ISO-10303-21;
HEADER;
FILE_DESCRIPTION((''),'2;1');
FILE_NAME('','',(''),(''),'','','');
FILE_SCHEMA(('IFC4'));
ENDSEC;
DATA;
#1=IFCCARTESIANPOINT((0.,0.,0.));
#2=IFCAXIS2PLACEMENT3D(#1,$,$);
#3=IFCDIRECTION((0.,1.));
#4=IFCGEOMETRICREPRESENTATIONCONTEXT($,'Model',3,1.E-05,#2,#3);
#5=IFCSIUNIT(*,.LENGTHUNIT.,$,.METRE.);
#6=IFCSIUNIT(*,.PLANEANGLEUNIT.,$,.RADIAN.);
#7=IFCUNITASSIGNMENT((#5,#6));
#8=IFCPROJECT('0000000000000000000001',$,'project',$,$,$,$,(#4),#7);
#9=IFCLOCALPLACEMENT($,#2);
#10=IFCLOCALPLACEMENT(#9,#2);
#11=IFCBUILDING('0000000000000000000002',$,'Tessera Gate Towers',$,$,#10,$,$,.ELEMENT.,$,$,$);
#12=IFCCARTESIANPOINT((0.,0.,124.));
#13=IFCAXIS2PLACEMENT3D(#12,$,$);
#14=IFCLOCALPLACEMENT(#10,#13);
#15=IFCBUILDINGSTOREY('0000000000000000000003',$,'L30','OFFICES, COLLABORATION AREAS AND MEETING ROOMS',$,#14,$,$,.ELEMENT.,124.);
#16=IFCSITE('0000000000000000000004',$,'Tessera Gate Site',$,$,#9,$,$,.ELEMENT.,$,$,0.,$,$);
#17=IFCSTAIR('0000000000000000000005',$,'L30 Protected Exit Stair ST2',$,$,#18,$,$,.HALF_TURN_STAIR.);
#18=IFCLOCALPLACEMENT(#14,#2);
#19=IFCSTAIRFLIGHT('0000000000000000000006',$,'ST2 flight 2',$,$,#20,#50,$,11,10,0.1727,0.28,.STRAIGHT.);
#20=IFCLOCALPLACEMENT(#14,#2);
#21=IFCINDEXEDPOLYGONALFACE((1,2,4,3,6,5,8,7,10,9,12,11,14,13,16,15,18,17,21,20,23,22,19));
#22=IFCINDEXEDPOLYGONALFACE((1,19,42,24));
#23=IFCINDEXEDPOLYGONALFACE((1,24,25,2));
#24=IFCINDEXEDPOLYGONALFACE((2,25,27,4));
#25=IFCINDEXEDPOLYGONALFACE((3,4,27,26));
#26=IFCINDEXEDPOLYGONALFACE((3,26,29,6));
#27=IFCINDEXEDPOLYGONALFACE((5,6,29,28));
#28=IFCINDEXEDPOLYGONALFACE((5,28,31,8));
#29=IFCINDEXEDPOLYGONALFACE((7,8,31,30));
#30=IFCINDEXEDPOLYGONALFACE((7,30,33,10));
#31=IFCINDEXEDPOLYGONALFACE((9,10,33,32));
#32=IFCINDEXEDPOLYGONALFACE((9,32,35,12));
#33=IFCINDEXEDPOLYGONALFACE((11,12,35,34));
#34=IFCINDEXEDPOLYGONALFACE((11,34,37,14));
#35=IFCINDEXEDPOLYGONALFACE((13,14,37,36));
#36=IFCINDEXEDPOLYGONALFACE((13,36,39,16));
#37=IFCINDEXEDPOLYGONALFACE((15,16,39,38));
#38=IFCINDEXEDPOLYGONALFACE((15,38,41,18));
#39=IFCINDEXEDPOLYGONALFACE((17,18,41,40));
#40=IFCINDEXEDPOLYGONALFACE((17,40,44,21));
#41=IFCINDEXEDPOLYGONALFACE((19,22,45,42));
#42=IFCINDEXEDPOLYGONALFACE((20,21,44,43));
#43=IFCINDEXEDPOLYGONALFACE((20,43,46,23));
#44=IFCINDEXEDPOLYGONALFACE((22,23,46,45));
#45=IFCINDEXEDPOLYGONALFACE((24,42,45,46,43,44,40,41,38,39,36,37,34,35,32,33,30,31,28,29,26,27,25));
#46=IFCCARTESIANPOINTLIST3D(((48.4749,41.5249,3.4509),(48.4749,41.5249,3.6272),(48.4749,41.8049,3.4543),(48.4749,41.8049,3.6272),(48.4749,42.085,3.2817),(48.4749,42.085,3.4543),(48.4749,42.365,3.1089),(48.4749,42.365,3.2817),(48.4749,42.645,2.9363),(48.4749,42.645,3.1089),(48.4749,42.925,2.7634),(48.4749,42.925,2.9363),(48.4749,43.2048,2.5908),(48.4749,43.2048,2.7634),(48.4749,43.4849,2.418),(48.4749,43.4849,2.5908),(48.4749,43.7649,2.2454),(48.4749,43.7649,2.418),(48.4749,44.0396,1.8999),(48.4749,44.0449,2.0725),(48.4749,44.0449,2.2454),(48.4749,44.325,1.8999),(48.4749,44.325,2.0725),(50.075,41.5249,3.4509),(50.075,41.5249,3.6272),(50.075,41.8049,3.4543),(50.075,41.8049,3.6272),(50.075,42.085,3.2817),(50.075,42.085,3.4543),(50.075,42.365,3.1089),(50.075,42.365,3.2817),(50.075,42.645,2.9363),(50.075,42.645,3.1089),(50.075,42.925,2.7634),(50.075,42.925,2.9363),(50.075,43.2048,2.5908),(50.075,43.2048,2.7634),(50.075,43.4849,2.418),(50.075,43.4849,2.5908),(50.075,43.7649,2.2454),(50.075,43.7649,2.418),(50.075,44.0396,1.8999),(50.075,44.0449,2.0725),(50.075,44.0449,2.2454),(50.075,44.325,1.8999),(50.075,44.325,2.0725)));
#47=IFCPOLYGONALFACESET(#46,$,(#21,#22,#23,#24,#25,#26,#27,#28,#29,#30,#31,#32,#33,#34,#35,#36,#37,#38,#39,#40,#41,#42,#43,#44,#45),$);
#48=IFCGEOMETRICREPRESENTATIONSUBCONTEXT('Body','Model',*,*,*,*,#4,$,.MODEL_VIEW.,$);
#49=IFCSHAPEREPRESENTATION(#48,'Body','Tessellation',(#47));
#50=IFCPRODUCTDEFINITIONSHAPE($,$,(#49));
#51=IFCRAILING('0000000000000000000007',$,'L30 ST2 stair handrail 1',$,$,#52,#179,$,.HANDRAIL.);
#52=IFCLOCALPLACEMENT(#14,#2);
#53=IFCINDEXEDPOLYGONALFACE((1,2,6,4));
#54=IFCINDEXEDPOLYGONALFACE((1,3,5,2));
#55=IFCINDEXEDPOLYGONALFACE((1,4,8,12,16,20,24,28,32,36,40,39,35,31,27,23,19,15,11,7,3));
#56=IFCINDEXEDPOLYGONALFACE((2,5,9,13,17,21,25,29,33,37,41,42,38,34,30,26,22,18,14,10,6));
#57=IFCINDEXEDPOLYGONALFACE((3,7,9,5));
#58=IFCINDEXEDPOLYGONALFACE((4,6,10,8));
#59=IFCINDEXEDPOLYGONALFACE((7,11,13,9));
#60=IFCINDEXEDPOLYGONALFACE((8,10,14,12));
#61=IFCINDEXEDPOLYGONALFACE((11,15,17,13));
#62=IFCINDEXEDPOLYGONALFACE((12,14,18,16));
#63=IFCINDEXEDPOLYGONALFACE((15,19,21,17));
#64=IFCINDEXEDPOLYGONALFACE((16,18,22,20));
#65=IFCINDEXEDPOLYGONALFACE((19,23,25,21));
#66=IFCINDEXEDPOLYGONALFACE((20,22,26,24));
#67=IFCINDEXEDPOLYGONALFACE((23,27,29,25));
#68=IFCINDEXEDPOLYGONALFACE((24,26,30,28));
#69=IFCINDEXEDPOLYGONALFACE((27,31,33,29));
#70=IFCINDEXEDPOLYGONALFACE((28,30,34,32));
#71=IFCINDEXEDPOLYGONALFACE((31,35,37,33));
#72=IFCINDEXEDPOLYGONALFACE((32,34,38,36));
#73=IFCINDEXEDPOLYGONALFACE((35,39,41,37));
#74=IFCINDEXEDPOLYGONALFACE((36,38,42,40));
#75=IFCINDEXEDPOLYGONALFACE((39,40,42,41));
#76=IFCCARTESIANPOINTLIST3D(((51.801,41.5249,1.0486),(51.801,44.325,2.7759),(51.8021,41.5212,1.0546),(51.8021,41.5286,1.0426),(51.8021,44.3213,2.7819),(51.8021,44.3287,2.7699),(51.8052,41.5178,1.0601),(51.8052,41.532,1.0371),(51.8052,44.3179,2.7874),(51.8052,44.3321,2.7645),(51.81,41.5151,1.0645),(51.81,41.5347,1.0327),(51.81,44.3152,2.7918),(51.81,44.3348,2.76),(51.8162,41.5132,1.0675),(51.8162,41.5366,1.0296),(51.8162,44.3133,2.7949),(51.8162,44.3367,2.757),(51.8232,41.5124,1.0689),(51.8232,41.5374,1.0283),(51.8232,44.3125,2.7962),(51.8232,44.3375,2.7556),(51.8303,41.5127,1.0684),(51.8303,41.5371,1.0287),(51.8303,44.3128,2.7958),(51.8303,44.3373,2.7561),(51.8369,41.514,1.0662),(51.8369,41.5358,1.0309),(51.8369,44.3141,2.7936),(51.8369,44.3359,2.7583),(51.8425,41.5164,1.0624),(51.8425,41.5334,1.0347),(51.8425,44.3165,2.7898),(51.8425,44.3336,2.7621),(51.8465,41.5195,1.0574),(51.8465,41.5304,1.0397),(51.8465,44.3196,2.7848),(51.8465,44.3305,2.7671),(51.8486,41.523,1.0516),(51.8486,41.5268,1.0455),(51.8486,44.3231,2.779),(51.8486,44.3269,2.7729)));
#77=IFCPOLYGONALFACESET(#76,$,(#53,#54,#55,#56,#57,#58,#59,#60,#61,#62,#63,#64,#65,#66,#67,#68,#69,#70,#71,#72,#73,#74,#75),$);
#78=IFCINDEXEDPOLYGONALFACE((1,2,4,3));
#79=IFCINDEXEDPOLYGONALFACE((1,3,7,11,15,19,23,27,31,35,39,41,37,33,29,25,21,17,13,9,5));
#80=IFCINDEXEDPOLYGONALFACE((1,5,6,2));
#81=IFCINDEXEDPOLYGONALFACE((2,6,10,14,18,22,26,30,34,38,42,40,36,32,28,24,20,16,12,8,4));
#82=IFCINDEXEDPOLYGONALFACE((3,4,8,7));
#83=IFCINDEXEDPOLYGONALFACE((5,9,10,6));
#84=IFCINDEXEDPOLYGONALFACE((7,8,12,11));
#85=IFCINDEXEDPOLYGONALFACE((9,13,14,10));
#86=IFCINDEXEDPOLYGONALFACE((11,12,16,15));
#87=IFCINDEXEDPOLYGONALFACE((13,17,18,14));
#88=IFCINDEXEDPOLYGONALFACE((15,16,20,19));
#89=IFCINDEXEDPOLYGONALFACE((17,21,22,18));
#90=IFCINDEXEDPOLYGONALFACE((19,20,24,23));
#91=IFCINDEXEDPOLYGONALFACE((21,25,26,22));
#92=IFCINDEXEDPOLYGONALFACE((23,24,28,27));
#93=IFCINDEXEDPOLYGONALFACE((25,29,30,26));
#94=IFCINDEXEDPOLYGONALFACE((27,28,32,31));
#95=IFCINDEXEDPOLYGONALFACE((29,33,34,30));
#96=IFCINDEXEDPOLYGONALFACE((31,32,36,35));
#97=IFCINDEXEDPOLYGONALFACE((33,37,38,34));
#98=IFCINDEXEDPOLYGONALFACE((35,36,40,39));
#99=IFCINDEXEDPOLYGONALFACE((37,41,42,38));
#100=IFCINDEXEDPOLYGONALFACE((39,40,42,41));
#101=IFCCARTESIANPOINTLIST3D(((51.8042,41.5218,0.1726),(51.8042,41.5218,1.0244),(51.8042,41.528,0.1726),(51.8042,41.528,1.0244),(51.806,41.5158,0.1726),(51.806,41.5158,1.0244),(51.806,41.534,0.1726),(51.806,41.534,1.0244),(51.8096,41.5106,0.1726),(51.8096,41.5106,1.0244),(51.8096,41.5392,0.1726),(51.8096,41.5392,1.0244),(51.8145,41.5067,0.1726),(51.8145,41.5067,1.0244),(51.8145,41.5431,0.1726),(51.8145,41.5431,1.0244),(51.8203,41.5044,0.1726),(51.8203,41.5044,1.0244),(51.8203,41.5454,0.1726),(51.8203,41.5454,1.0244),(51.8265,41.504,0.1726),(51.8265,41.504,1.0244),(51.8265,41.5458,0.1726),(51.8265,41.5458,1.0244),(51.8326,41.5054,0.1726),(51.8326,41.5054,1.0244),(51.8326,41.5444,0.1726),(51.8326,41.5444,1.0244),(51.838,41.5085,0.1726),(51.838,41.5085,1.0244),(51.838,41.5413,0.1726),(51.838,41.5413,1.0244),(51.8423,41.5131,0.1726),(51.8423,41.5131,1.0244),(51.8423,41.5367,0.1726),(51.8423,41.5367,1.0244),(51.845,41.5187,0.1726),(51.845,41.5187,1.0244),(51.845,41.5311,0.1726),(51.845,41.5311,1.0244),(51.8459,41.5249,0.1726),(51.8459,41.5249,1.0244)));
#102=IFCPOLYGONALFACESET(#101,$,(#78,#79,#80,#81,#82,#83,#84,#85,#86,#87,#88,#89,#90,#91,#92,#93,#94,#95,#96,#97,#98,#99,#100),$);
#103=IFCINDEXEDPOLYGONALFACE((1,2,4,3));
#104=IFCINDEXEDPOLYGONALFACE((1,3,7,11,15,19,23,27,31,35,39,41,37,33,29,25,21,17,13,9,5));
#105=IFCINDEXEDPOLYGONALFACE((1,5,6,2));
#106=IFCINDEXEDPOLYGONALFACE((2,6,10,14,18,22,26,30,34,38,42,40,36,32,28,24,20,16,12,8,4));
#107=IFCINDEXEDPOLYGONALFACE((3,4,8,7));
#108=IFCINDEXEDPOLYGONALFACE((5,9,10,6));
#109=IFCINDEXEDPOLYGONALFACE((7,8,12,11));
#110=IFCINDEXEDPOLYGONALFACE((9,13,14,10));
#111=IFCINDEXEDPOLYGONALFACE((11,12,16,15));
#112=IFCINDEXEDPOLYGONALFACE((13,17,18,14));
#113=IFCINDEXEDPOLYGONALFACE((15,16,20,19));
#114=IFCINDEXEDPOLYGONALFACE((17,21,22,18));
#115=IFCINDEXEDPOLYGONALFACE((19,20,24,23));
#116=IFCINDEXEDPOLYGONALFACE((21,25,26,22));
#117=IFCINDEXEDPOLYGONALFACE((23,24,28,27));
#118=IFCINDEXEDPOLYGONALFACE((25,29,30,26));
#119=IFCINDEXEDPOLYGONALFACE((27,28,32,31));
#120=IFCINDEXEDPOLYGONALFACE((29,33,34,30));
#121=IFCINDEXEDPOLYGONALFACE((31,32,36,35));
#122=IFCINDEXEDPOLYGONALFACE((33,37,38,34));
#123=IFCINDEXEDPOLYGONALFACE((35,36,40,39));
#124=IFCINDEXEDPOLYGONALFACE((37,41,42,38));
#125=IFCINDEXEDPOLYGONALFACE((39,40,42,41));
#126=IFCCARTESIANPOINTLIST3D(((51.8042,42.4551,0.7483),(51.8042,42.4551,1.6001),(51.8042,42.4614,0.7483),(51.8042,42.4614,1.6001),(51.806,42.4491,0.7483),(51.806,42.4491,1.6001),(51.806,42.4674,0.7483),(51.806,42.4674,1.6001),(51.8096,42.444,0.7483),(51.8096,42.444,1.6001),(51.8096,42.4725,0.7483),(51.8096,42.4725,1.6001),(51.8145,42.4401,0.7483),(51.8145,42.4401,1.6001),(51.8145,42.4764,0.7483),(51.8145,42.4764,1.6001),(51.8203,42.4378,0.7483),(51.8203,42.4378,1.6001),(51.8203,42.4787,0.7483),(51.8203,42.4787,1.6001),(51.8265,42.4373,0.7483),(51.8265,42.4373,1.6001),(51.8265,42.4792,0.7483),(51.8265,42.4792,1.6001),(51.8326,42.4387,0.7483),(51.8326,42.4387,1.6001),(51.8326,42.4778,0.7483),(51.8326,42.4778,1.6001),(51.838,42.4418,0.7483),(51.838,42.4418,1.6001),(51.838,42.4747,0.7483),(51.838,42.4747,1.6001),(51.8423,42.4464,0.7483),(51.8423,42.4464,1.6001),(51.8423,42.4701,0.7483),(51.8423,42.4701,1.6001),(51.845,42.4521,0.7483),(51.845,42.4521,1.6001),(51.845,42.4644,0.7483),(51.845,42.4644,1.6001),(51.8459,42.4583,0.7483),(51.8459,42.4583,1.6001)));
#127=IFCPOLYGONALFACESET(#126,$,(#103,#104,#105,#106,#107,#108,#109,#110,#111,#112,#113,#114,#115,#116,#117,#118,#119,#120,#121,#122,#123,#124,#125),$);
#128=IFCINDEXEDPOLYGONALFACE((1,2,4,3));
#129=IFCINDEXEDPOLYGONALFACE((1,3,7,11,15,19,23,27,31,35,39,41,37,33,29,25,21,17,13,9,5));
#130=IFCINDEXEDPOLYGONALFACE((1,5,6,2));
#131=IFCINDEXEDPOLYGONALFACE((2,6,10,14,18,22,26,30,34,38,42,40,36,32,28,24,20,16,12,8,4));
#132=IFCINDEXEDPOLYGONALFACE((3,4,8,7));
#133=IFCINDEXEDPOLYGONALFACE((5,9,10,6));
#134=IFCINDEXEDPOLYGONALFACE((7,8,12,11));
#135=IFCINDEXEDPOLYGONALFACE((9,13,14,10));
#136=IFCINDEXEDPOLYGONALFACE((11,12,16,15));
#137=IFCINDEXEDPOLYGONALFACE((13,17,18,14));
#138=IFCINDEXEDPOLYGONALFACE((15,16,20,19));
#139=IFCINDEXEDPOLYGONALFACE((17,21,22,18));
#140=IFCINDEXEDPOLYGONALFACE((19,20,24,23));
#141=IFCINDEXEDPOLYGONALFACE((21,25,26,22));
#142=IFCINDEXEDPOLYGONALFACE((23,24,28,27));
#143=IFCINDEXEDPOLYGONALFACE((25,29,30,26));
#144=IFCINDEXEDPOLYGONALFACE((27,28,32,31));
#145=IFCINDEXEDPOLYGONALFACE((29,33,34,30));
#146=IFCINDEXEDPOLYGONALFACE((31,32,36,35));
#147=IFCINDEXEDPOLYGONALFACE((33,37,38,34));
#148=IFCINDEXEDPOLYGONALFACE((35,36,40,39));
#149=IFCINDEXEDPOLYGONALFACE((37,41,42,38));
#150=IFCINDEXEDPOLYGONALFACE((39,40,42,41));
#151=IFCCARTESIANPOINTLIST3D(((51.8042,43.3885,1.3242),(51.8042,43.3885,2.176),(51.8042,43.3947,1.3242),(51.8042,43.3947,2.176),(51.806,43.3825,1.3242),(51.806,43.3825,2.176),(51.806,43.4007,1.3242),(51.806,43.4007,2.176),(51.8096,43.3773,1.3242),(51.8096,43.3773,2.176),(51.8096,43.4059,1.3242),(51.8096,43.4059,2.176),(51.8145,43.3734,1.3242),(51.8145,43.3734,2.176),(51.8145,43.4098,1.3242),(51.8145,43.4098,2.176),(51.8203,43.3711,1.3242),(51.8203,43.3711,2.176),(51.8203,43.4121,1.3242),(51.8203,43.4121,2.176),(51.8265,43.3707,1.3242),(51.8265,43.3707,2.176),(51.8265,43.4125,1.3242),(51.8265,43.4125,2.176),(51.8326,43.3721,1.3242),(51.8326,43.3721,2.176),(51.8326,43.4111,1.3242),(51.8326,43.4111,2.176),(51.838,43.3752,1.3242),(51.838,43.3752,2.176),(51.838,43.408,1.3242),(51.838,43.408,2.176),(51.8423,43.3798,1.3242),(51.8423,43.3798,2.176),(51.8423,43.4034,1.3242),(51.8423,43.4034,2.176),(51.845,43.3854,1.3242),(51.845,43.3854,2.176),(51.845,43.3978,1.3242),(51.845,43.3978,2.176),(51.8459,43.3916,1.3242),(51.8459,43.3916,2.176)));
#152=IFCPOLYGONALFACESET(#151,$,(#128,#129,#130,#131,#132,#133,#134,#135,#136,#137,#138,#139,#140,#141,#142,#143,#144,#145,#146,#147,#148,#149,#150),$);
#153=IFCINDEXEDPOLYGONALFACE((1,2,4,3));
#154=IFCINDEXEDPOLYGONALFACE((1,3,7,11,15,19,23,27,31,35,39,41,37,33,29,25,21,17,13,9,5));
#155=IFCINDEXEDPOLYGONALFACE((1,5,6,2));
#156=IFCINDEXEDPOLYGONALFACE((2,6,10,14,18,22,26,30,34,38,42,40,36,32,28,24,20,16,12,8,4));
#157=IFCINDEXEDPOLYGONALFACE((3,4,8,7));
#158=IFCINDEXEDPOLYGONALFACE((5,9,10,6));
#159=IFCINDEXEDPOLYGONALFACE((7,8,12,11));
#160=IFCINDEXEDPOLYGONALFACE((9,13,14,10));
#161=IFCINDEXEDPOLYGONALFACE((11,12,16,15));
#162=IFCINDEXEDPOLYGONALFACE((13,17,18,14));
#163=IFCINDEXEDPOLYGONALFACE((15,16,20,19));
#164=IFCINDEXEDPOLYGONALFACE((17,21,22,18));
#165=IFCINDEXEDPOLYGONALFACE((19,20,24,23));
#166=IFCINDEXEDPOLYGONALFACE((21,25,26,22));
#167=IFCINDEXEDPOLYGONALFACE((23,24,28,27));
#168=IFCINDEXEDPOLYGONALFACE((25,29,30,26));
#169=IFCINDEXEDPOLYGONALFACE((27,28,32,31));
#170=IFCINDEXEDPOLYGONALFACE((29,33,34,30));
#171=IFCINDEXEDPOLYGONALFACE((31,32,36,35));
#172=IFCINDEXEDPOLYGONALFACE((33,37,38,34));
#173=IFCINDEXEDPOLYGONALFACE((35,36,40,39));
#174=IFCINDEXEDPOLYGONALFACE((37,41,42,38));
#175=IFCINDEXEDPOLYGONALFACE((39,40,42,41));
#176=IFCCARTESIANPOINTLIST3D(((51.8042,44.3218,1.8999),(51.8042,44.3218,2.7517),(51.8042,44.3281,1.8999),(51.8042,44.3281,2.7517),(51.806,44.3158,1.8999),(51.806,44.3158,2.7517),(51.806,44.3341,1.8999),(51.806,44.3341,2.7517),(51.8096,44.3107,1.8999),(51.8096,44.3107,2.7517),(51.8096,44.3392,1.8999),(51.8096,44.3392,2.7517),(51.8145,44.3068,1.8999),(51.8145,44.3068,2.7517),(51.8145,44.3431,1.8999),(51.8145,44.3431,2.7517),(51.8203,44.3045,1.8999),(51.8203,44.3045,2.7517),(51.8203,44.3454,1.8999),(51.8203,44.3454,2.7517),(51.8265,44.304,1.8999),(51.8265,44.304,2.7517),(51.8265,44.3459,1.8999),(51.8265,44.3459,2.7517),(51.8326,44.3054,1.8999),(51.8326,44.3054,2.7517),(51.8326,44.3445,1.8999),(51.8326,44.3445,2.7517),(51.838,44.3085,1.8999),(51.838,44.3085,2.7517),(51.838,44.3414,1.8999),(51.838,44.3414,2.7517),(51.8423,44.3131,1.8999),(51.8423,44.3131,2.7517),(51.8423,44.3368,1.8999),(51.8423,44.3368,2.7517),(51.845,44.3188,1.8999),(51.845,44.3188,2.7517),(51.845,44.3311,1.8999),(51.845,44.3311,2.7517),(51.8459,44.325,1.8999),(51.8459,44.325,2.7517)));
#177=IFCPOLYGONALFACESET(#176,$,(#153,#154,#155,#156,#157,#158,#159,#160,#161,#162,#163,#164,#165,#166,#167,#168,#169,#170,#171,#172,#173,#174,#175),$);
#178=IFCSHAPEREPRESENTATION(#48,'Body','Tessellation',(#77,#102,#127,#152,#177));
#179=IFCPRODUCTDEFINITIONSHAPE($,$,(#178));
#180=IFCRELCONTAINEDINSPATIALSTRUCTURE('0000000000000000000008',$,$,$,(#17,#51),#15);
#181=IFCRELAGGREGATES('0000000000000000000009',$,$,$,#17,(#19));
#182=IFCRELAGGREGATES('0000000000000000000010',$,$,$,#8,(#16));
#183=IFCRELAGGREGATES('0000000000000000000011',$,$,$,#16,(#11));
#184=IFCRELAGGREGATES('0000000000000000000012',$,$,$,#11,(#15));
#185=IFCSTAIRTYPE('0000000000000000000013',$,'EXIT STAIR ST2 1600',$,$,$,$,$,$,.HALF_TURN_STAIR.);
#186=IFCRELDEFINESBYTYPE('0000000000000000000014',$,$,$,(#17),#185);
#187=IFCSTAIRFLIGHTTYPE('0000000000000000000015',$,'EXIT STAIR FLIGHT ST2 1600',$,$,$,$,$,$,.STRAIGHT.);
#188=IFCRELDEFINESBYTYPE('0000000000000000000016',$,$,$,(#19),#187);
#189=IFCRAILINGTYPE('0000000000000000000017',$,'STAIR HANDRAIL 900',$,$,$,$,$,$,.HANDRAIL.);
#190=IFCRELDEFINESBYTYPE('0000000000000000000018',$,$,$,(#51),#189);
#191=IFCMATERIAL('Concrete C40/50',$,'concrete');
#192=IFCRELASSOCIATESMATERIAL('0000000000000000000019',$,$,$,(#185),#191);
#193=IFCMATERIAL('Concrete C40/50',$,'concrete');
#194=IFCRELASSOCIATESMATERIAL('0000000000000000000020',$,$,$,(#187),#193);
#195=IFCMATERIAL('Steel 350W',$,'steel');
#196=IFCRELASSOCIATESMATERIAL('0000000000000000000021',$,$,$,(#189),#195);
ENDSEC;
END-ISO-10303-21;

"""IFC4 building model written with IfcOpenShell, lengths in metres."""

from ifc_helpers import new_model, si_unit, direction, frame, origin, origin_2d, place, context, subcontext, project, spatial, polyline, circle, outline, extrude, material, type_object, element, aggregate, save


model = new_model("IFC4")

# Units and contexts
model_context = context("Model", 3, precision=1e-05, world=origin(), true_north=direction((0.0, 1.0)))
body_context = subcontext(model_context, "Body", "Model", "MODEL_VIEW")
ifc_project = project(units=[si_unit("LENGTHUNIT", "METRE"), si_unit("PLANEANGLEUNIT", "RADIAN")], contexts=[model_context])

# Site, building, storey
site_placement = place(None, origin())
site = spatial("IfcSite", under=ifc_project, at=site_placement, Name="Tessera Gate Site", CompositionType="ELEMENT", RefElevation=0.0)
building_placement = place(site_placement, origin())
building = spatial("IfcBuilding", under=site, at=building_placement, Name="Tessera Gate Towers", CompositionType="ELEMENT")
storey_placement = place(building_placement, frame((0.0, 0.0, 124.0)))
storey = spatial("IfcBuildingStorey", under=building, at=storey_placement, Name="L30", Description="OFFICES, COLLABORATION AREAS AND MEETING ROOMS", CompositionType="ELEMENT", Elevation=124.0)

# Stair, stair flight
ifc_material_1 = material(Name="Concrete C40/50", Category="concrete")
stair_type = type_object("IfcStairType", Name="EXIT STAIR ST2 1600", PredefinedType="HALF_TURN_STAIR", material=ifc_material_1)
stair_placement = place(storey_placement, origin())
stair = element("IfcStair", 1, at=stair_placement, inside=storey, type_object=stair_type, Name="L30 Protected Exit Stair ST2", PredefinedType="HALF_TURN_STAIR")
ifc_material_2 = material(Name="Concrete C40/50", Category="concrete")
stair_flight_type = type_object("IfcStairFlightType", Name="EXIT STAIR FLIGHT ST2 1600", PredefinedType="STRAIGHT", material=ifc_material_2)
stair_flight_1_placement = place(storey_placement, frame((49.2749, 44.325, 1.8999), z_axis=(0.0, 0.0, 1.0), x_axis=(0.0, -1.0, 0.0)))
stair_flight_1 = element("IfcStairFlight", 2, at=stair_flight_1_placement, type_object=stair_flight_type, Name="ST2 flight 2", NumberOfRisers=11, NumberOfTreads=10, PredefinedType="STRAIGHT", RiserHeight=0.1727, TreadLength=0.28, context=body_context, shape_type="SweptSolid", body=[
    extrude(outline(polyline([(0.0, 0.0), (0.0, 0.1726), (0.28, 0.1726), (0.28, 0.3455), (0.5601, 0.3455), (0.5601, 0.5181), (0.8401, 0.5181), (0.8401, 0.6909), (1.1201, 0.6909), (1.1201, 0.8635), (1.3999, 0.8635), (1.3999, 1.0364), (1.6799, 1.0364), (1.6799, 1.209), (1.96, 1.209), (1.96, 1.3818), (2.24, 1.3818), (2.24, 1.5544), (2.52, 1.5544), (2.52, 1.7273), (2.8, 1.7273), (2.8, 1.8999), (2.8, 1.551), (0.2854, 0.0), (0.0, 0.0)])), frame((0.0, 0.8, 0.0), z_axis=(0.0, -1.0, 0.0), x_axis=(1.0, 0.0, 0.0)), (0.0, 0.0, 1.0), 1.6001),
])
aggregate(stair, [stair_flight_1])

# Railing
ifc_material_3 = material(Name="Steel 350W", Category="steel")
railing_type_1 = type_object("IfcRailingType", Name="STAIR HANDRAIL 900", PredefinedType="HANDRAIL", material=ifc_material_3)
railing_1_placement = place(storey_placement, frame((51.825, 41.5249, 0.1726)))
element("IfcRailing", 3, at=railing_1_placement, inside=storey, type_object=railing_type_1, Name="L30 ST2 stair handrail 1", PredefinedType="HANDRAIL", context=body_context, shape_type="SweptSolid", body=[
    extrude(circle(Radius=0.0239, at=origin_2d()), frame((0.0, 0.0, 0.876), z_axis=(0.0, 0.85109, 0.52502), x_axis=(-1.0, 0.0, 0.0)), (0.0, 0.0, 1.0), 3.29),
    extrude(circle(Radius=0.021, at=origin_2d()), origin(), (0.0, 0.0, 1.0), 0.8518),
    extrude(circle(Radius=0.021, at=origin_2d()), frame((0.0, 0.9333, 0.5757)), (0.0, 0.0, 1.0), 0.8518),
    extrude(circle(Radius=0.021, at=origin_2d()), frame((0.0, 1.8667, 1.1516)), (0.0, 0.0, 1.0), 0.8518),
    extrude(circle(Radius=0.021, at=origin_2d()), frame((0.0, 2.8, 1.7273)), (0.0, 0.0, 1.0), 0.8518),
])

save(model, "model.ifc")
